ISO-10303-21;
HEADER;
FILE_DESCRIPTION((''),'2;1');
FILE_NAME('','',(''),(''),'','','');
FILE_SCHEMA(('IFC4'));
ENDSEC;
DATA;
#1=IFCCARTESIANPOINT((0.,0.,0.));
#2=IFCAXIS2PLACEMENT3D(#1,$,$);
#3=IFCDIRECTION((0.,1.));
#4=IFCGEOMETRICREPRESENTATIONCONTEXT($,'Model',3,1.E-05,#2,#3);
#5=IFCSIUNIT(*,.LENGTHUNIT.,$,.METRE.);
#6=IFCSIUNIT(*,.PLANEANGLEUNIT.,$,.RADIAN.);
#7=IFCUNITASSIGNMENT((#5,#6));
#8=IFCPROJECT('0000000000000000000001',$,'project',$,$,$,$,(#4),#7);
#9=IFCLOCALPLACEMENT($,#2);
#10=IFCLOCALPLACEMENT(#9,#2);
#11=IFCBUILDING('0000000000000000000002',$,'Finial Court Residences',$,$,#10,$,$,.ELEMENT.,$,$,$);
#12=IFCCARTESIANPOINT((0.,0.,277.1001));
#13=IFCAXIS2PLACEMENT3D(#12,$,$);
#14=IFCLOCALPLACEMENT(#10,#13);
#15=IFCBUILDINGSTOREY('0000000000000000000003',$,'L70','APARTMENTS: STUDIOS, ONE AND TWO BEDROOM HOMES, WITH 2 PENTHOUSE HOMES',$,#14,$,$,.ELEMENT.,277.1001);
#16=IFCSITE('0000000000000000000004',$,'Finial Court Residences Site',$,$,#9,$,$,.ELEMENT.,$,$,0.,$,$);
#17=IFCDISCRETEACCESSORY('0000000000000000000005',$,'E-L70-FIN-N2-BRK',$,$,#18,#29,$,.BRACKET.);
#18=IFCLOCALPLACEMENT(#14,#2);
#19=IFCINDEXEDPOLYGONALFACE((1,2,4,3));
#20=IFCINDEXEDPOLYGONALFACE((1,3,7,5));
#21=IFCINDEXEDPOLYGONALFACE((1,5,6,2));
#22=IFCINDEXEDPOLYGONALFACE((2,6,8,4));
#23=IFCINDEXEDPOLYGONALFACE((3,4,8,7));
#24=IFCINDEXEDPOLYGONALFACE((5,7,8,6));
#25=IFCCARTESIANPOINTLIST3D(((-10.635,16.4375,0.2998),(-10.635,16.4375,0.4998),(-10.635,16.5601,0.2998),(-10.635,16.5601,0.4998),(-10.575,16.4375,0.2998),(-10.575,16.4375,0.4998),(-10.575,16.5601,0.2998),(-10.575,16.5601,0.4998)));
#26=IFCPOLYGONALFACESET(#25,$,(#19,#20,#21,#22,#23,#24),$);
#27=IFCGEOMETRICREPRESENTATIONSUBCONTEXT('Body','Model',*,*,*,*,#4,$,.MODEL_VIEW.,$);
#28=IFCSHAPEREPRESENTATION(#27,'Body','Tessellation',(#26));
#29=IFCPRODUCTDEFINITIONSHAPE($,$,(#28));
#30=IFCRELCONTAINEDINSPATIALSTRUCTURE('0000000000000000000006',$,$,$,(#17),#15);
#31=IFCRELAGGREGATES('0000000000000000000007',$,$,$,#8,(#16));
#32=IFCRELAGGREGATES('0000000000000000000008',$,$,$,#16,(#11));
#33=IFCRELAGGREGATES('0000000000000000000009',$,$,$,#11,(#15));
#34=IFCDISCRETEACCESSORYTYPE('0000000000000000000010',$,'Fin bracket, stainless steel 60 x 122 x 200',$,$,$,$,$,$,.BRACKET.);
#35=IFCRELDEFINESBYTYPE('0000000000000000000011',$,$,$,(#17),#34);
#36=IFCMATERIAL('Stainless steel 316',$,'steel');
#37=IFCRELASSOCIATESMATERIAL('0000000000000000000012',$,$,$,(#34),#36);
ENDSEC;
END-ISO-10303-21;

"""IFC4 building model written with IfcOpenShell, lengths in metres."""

from ifc_helpers import new_model, si_unit, direction, frame, origin, origin_2d, place, context, subcontext, project, spatial, rectangle, extrude, material, type_object, element, save


model = new_model("IFC4")

# Units and contexts
model_context = context("Model", 3, precision=1e-05, world=origin(), true_north=direction((0.0, 1.0)))
body_context = subcontext(model_context, "Body", "Model", "MODEL_VIEW")
ifc_project = project(units=[si_unit("LENGTHUNIT", "METRE"), si_unit("PLANEANGLEUNIT", "RADIAN")], contexts=[model_context])

# Site, building, storey
site_placement = place(None, origin())
site = spatial("IfcSite", under=ifc_project, at=site_placement, Name="Finial Court Residences Site", CompositionType="ELEMENT", RefElevation=0.0)
building_placement = place(site_placement, origin())
building = spatial("IfcBuilding", under=site, at=building_placement, Name="Finial Court Residences", CompositionType="ELEMENT")
storey_placement = place(building_placement, frame((0.0, 0.0, 277.1001)))
storey = spatial("IfcBuildingStorey", under=building, at=storey_placement, Name="L70", Description="APARTMENTS: STUDIOS, ONE AND TWO BEDROOM HOMES, WITH 2 PENTHOUSE HOMES", CompositionType="ELEMENT", Elevation=277.1001)

# Discrete accessory
ifc_material_1 = material(Name="Stainless steel 316", Category="steel")
discrete_accessory_type = type_object("IfcDiscreteAccessoryType", Name="Fin bracket, stainless steel 60 x 122 x 200", PredefinedType="BRACKET", material=ifc_material_1)
discrete_accessory_placement = place(storey_placement, frame((-10.605, 16.4988, 0.2998), z_axis=(0.0, 0.0, 1.0), x_axis=(1.0, 0.0, 0.0)))
element("IfcDiscreteAccessory", 1, at=discrete_accessory_placement, inside=storey, type_object=discrete_accessory_type, Name="E-L70-FIN-N2-BRK", PredefinedType="BRACKET", context=body_context, shape_type="SweptSolid", body=[
    extrude(rectangle(XDim=0.0601, YDim=0.1226, at=origin_2d()), origin(), (0.0, 0.0, 1.0), 0.2),
])

save(model, "model.ifc")
